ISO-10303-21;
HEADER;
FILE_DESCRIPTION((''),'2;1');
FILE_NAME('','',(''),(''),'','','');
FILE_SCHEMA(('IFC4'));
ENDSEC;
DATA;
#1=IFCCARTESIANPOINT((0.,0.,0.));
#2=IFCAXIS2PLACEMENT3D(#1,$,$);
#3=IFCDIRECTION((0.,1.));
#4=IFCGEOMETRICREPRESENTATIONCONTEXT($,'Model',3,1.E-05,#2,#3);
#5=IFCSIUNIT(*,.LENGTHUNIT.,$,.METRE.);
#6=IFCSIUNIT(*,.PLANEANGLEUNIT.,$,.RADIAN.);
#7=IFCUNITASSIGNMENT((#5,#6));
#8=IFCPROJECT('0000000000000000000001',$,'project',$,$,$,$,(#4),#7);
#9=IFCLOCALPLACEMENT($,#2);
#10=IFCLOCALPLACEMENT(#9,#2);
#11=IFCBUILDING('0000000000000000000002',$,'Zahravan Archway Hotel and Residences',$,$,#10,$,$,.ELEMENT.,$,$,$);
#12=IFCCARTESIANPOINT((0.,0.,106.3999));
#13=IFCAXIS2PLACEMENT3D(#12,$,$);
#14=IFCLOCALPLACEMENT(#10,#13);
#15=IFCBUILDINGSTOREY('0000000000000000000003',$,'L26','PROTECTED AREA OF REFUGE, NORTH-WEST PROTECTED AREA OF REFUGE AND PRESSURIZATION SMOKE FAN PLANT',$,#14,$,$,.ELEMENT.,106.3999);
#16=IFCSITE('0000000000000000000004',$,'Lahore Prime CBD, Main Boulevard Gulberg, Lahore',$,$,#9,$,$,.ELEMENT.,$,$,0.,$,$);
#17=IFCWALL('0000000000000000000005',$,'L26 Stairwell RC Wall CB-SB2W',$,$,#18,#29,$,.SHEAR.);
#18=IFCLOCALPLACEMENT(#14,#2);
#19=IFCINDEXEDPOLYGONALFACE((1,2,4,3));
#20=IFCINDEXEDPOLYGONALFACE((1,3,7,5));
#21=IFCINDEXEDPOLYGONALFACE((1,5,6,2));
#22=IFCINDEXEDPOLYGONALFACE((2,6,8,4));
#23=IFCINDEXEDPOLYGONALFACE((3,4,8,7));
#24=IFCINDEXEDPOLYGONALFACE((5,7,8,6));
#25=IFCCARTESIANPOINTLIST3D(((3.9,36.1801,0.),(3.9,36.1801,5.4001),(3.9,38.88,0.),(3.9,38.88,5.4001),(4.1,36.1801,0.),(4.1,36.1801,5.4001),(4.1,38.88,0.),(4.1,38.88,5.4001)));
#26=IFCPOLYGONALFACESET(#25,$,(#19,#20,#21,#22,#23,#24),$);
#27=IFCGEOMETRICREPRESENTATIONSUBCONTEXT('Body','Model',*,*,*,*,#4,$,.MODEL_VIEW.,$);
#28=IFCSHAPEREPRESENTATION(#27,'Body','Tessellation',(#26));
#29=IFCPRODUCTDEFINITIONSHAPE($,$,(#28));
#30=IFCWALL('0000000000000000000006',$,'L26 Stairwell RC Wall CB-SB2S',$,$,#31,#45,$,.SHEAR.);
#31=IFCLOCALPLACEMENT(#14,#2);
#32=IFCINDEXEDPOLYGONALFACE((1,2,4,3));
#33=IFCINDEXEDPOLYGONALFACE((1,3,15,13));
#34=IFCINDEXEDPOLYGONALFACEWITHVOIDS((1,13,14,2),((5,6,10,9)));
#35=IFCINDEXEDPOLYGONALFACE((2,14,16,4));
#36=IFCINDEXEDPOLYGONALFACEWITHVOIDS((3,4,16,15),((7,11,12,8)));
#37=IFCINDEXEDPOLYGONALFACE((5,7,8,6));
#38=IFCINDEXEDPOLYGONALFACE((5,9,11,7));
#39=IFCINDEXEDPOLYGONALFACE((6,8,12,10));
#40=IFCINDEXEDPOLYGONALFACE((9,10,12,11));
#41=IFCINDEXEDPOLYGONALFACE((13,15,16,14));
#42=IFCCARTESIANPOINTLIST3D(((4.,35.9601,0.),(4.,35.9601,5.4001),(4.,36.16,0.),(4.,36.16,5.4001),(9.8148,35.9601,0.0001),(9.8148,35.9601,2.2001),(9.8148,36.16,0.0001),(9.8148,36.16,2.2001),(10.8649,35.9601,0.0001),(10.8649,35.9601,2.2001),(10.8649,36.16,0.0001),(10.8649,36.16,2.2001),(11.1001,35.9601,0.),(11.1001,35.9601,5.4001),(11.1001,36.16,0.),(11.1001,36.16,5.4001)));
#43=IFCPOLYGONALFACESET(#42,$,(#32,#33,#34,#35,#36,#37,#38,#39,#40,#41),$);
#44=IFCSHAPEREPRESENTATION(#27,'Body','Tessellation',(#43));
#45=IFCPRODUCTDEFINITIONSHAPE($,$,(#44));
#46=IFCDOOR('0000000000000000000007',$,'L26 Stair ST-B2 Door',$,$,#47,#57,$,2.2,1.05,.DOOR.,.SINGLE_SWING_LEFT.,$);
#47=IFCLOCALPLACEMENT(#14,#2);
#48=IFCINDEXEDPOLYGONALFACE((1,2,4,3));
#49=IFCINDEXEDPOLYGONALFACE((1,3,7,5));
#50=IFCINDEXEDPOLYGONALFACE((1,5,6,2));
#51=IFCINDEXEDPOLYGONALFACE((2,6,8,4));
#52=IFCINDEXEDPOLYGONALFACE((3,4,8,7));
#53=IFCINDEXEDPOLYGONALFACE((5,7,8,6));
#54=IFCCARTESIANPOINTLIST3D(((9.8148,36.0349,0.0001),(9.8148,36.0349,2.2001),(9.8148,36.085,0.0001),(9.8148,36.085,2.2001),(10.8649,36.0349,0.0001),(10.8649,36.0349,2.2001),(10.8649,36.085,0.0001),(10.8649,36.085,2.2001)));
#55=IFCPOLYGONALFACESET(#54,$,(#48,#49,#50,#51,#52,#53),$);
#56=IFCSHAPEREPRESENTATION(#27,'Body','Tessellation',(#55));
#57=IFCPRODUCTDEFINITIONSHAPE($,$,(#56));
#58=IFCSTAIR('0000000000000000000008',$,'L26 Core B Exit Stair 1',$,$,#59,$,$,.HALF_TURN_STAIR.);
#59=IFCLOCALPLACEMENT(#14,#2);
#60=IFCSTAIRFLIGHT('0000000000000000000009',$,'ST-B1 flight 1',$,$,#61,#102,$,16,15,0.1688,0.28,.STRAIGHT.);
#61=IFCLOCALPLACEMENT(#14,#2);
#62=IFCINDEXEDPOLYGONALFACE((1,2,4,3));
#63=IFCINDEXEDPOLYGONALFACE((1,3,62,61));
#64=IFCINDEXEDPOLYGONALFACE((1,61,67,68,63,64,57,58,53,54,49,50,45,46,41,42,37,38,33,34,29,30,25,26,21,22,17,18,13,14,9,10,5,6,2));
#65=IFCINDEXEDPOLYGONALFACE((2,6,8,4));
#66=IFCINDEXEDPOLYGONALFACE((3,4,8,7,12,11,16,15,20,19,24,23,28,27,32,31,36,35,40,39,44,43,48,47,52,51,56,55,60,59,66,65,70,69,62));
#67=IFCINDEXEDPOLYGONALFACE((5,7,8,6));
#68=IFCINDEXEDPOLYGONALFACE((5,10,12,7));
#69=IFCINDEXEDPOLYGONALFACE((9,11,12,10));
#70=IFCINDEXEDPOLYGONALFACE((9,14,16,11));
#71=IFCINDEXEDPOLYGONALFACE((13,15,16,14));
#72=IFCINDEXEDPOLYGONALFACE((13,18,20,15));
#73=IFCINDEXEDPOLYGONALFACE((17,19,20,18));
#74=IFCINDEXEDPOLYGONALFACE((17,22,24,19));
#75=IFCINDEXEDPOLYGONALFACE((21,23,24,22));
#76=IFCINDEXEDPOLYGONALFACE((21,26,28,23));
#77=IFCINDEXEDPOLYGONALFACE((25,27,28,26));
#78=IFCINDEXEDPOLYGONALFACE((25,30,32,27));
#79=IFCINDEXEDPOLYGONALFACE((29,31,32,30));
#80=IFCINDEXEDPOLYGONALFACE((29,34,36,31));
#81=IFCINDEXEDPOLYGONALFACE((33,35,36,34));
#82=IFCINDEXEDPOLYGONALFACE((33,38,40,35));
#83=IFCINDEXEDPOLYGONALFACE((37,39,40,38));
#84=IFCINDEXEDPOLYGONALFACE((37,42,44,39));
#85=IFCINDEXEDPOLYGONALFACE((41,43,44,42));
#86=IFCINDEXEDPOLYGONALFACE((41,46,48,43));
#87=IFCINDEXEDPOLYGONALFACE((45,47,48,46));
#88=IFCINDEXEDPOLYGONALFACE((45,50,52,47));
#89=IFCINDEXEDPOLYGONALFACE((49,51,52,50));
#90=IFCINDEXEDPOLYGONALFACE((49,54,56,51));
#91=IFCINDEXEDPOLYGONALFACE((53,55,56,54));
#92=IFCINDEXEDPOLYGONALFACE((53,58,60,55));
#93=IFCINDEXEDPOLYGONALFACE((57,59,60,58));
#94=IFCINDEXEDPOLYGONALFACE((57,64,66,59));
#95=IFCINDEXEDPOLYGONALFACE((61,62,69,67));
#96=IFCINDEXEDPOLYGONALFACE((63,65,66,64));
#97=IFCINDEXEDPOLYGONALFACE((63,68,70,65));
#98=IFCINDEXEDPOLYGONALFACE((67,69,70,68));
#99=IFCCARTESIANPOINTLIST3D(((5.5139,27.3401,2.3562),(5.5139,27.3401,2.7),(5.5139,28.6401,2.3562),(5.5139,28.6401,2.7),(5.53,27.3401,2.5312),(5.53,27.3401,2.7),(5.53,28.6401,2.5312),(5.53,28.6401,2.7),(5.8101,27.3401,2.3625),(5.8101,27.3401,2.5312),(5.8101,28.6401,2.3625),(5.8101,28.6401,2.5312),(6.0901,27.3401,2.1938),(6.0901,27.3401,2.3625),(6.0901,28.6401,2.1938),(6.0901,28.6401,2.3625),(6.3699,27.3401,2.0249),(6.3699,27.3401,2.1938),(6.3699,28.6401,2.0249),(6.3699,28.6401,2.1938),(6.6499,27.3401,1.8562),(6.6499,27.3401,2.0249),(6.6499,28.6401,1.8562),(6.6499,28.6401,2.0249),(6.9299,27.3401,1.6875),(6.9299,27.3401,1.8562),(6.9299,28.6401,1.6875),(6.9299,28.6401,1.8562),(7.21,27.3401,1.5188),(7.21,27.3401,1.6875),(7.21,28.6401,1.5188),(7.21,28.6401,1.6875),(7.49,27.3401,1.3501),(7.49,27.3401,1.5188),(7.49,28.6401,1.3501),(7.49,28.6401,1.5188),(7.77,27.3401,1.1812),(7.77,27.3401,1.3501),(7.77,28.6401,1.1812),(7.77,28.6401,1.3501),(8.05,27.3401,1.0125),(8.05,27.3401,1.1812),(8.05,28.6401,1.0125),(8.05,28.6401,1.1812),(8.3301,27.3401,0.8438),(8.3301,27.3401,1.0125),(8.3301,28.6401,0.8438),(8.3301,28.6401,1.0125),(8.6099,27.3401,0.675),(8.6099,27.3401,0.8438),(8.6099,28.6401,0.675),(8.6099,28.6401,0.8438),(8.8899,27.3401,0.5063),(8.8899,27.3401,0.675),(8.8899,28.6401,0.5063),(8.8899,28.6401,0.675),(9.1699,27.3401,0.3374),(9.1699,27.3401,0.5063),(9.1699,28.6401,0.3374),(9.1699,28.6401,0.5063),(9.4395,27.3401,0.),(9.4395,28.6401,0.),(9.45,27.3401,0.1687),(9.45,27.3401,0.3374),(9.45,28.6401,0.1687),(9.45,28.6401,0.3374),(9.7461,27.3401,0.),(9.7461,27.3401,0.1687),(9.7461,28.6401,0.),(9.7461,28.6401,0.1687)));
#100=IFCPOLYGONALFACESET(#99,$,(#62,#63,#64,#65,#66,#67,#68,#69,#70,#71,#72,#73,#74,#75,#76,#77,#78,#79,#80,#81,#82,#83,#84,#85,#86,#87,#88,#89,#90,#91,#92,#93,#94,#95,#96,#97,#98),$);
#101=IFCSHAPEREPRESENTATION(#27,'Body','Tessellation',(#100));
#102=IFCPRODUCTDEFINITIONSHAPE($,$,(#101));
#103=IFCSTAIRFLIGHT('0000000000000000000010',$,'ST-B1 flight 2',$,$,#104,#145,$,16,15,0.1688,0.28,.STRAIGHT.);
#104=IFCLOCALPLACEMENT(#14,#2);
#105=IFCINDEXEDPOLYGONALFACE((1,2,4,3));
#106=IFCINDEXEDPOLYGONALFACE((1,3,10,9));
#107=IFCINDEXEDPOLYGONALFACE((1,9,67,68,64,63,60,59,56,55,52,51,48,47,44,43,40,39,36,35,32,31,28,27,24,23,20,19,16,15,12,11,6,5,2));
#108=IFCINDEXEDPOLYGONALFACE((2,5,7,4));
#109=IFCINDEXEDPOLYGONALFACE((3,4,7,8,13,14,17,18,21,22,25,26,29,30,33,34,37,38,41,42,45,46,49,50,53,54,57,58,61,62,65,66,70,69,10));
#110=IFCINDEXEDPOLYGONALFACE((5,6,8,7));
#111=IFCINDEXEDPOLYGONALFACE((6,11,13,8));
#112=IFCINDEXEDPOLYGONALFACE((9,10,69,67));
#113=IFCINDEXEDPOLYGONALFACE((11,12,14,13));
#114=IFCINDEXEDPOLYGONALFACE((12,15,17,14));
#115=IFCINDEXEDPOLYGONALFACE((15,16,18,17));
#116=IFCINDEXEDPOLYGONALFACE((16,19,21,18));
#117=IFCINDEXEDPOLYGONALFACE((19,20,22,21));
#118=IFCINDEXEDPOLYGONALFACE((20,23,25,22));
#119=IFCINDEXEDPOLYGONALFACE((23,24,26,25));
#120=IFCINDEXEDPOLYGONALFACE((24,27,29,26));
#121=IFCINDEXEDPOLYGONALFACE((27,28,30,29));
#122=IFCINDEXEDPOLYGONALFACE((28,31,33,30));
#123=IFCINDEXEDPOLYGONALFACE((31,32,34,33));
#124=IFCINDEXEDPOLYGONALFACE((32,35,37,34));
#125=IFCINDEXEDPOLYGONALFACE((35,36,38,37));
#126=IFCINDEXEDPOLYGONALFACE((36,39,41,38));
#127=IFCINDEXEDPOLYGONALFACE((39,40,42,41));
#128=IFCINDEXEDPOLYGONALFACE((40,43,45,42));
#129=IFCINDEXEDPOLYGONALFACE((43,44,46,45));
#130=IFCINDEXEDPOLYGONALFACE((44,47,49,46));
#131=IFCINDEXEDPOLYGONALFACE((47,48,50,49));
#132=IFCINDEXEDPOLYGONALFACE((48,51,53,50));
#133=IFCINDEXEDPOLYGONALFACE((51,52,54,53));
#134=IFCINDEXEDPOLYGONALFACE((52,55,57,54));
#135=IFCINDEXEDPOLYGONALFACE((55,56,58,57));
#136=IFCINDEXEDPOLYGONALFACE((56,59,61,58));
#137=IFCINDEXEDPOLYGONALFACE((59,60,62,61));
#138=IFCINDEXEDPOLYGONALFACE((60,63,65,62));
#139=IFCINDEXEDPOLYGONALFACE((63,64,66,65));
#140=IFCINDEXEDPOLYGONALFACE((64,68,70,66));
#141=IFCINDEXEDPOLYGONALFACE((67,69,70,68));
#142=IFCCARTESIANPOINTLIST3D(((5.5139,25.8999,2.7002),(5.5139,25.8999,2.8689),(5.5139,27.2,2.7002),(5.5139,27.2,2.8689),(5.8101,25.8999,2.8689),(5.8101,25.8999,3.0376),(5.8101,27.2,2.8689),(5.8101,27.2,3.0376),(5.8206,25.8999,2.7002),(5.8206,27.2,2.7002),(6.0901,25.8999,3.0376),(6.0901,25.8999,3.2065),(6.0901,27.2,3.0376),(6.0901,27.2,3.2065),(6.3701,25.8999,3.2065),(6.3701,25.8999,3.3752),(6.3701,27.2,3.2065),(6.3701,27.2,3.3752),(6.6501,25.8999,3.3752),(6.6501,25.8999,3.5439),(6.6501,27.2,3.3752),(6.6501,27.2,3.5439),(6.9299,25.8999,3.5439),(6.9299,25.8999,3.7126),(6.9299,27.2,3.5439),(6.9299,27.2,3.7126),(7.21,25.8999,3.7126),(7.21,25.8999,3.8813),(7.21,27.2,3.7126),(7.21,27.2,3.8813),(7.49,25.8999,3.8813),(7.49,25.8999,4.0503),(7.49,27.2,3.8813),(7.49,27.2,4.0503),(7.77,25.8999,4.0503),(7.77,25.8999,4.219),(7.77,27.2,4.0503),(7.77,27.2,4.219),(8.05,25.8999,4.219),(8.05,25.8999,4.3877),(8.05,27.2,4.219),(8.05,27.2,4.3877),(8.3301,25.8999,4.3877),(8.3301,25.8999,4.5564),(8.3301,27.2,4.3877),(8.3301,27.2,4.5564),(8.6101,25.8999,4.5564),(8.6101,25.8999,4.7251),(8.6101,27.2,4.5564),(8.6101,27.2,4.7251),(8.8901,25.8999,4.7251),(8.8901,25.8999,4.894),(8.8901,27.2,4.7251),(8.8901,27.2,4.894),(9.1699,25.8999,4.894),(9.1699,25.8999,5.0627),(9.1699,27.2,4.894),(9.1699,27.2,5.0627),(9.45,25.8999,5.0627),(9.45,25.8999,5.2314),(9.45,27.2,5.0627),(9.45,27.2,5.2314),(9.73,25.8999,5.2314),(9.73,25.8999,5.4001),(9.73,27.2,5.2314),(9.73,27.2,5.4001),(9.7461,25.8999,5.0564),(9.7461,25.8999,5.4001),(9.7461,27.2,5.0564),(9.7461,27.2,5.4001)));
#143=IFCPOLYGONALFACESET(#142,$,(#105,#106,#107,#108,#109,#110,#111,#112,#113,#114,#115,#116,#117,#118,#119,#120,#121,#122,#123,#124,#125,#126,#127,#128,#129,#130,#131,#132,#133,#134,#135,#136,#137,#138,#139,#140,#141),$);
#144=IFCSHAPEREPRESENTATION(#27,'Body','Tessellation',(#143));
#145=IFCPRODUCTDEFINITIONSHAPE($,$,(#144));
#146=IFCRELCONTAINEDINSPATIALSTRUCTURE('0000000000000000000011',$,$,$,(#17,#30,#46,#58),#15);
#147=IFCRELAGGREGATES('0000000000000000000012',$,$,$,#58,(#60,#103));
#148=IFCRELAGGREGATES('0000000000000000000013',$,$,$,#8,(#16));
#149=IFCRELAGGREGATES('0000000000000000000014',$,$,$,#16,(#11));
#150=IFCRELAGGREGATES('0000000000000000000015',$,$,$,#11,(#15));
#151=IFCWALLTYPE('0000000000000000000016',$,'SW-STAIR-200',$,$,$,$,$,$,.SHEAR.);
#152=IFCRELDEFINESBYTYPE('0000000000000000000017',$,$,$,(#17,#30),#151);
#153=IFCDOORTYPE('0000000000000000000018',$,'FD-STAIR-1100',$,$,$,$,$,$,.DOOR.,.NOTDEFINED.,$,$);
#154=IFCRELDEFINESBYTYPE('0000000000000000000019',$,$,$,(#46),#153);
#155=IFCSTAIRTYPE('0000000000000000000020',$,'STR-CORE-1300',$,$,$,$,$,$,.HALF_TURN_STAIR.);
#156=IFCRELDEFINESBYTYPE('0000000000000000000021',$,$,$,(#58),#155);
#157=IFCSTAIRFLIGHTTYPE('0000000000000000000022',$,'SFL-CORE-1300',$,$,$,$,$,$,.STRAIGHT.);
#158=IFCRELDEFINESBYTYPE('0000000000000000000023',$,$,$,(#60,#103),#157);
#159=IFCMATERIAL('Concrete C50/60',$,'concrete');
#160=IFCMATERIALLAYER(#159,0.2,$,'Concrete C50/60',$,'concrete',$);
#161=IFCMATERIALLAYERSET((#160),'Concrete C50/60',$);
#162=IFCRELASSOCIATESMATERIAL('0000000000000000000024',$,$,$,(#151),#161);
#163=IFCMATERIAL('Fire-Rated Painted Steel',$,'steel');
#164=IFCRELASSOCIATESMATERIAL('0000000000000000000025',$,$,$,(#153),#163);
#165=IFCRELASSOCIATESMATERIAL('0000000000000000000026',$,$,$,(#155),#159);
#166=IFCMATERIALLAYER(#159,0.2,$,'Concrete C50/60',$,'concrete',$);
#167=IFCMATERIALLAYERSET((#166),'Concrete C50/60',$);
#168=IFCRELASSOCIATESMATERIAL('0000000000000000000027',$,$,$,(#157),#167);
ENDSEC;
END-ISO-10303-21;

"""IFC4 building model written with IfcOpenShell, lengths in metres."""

from ifc_helpers import new_model, si_unit, direction, frame, frame_2d, origin, place, context, subcontext, project, spatial, polyline, rectangle, outline, extrude, source, transform, mapped, material, layer, layer_set, type_object, type_shapes, element, fill, aggregate, save


model = new_model("IFC4")

# Units and contexts
model_context = context("Model", 3, precision=1e-05, world=origin(), true_north=direction((0.0, 1.0)))
body_context = subcontext(model_context, "Body", "Model", "MODEL_VIEW")
ifc_project = project(units=[si_unit("LENGTHUNIT", "METRE"), si_unit("PLANEANGLEUNIT", "RADIAN")], contexts=[model_context])

# Site, building, storey
site_placement = place(None, origin())
site = spatial("IfcSite", under=ifc_project, at=site_placement, Name="Lahore Prime CBD, Main Boulevard Gulberg, Lahore", CompositionType="ELEMENT", RefElevation=0.0)
building_placement = place(site_placement, origin())
building = spatial("IfcBuilding", under=site, at=building_placement, Name="Zahravan Archway Hotel and Residences", CompositionType="ELEMENT")
storey_placement = place(building_placement, frame((0.0, 0.0, 106.3999)))
storey = spatial("IfcBuildingStorey", under=building, at=storey_placement, Name="L26", Description="PROTECTED AREA OF REFUGE, NORTH-WEST PROTECTED AREA OF REFUGE AND PRESSURIZATION SMOKE FAN PLANT", CompositionType="ELEMENT", Elevation=106.3999)

# Shared definitions
ifc_material_1 = material(Name="Fire-Rated Painted Steel", Category="steel")

# Shared definitions
ifc_material_2 = material(Name="Concrete C50/60", Category="concrete")
ifc_layer_1 = layer(ifc_material_2, 0.2, Name="Concrete C50/60", Category="concrete")
ifc_layer_set_1 = layer_set([ifc_layer_1], Name="Concrete C50/60")
wall_type_1 = type_object("IfcWallType", Name="SW-STAIR-200", PredefinedType="SHEAR", material=ifc_layer_set_1)
door_type_1 = type_object("IfcDoorType", Name="FD-STAIR-1100", OperationType="NOTDEFINED", PredefinedType="DOOR", material=ifc_material_1)
shared_shape_1 = source(origin(), body_context, "Body", "SweptSolid", [
    extrude(rectangle(XDim=1.05, YDim=2.2, at=frame_2d((0.5249, 1.1001))), frame((0.0, 0.0249, 0.0), z_axis=(0.0, -1.0, 0.0), x_axis=(1.0, 0.0, 0.0)), (0.0, 0.0, 1.0), 0.05),
])
type_shapes(door_type_1, [shared_shape_1])

# Wall
wall_1_placement = place(storey_placement, frame((4.0, 36.1799, 0.0), z_axis=(0.0, 0.0, 1.0), x_axis=(0.0, 1.0, 0.0)))
element("IfcWall", 1, at=wall_1_placement, inside=storey, type_object=wall_type_1, Name="L26 Stairwell RC Wall CB-SB2W", PredefinedType="SHEAR", context=body_context, shape_type="SweptSolid", body=[
    extrude(rectangle(XDim=2.7, YDim=0.2, at=frame_2d((1.3501, 0.0))), origin(), (0.0, 0.0, 1.0), 5.4001),
])

# Wall, opening, door
wall_2_placement = place(storey_placement, frame((4.0, 36.0601, 0.0), z_axis=(0.0, 0.0, 1.0), x_axis=(1.0, 0.0, 0.0)))
wall_2 = element("IfcWall", 2, at=wall_2_placement, inside=storey, type_object=wall_type_1, Name="L26 Stairwell RC Wall CB-SB2S", PredefinedType="SHEAR", context=body_context, shape_type="SweptSolid", body=[
    extrude(rectangle(XDim=7.1001, YDim=0.2, at=frame_2d((3.55, 0.0))), origin(), (0.0, 0.0, 1.0), 5.4001),
])
opening_1_placement = place(wall_2_placement, frame((5.8149, 0.0, 0.0)))
opening_1 = element("IfcOpeningElement", 3, at=opening_1_placement, cuts=wall_2, PredefinedType="OPENING", context=body_context, shape_type="SweptSolid", body=[
    extrude(rectangle(XDim=1.05, YDim=2.2, at=frame_2d((0.5249, 1.1001))), frame((0.0, 0.1099, 0.0), z_axis=(0.0, -1.0, 0.0), x_axis=(1.0, 0.0, 0.0)), (0.0, 0.0, 1.0), 0.22),
])
door_1_placement = place(opening_1_placement, origin())
door_1 = element("IfcDoor", 4, at=door_1_placement, inside=storey, type_object=door_type_1, Name="L26 Stair ST-B2 Door", OperationType="SINGLE_SWING_LEFT", OverallHeight=2.2, OverallWidth=1.05, PredefinedType="DOOR", context=body_context, shape_type="MappedRepresentation", body=[
    mapped(shared_shape_1, transform((0.0, 0.0, 0.0), scale=1.0)),
])
fill(opening_1, door_1)

# Stair, stair flights
stair_type = type_object("IfcStairType", Name="STR-CORE-1300", PredefinedType="HALF_TURN_STAIR", material=ifc_material_2)
stair_placement = place(storey_placement, origin())
stair = element("IfcStair", 5, at=stair_placement, inside=storey, type_object=stair_type, Name="L26 Core B Exit Stair 1", PredefinedType="HALF_TURN_STAIR")
ifc_layer_2 = layer(ifc_material_2, 0.2, Name="Concrete C50/60", Category="concrete")
ifc_layer_set_2 = layer_set([ifc_layer_2], Name="Concrete C50/60")
stair_flight_type = type_object("IfcStairFlightType", Name="SFL-CORE-1300", PredefinedType="STRAIGHT", material=ifc_layer_set_2)
shared_shape_2 = source(origin(), body_context, "Body", "SweptSolid", [
    extrude(outline(polyline([(-0.0161, 0.0), (-0.0161, 0.1687), (0.28, 0.1687), (0.28, 0.3374), (0.5601, 0.3374), (0.5601, 0.5063), (0.8401, 0.5063), (0.8401, 0.675), (1.1201, 0.675), (1.1201, 0.8438), (1.3999, 0.8438), (1.3999, 1.0125), (1.6799, 1.0125), (1.6799, 1.1812), (1.96, 1.1812), (1.96, 1.3501), (2.24, 1.3501), (2.24, 1.5188), (2.52, 1.5188), (2.52, 1.6875), (2.8, 1.6875), (2.8, 1.8562), (3.0801, 1.8562), (3.0801, 2.0249), (3.3601, 2.0249), (3.3601, 2.1938), (3.6399, 2.1938), (3.6399, 2.3625), (3.9199, 2.3625), (3.9199, 2.5312), (4.2, 2.5312), (4.2, 2.7), (4.2161, 2.7), (4.2161, 2.3562), (0.2905, 0.0), (-0.0161, 0.0)])), frame((0.0, 0.6499, 0.0), z_axis=(0.0, -1.0, 0.0), x_axis=(1.0, 0.0, 0.0)), (0.0, 0.0, 1.0), 1.3),
])
stair_flight_1_placement = place(storey_placement, frame((9.73, 27.99, 0.0), z_axis=(0.0, 0.0, 1.0), x_axis=(-1.0, 0.0, 0.0)))
stair_flight_1 = element("IfcStairFlight", 6, at=stair_flight_1_placement, type_object=stair_flight_type, Name="ST-B1 flight 1", NumberOfRisers=16, NumberOfTreads=15, PredefinedType="STRAIGHT", RiserHeight=0.1688, TreadLength=0.28, context=body_context, shape_type="MappedRepresentation", body=[
    mapped(shared_shape_2, transform((0.0, 0.0, 0.0), scale=1.0)),
])
stair_flight_2_placement = place(storey_placement, frame((5.53, 26.55, 2.7002), z_axis=(0.0, 0.0, 1.0), x_axis=(1.0, 0.0, 0.0)))
stair_flight_2 = element("IfcStairFlight", 7, at=stair_flight_2_placement, type_object=stair_flight_type, Name="ST-B1 flight 2", NumberOfRisers=16, NumberOfTreads=15, PredefinedType="STRAIGHT", RiserHeight=0.1688, TreadLength=0.28, context=body_context, shape_type="MappedRepresentation", body=[
    mapped(shared_shape_2, transform((0.0, 0.0, 0.0), scale=1.0)),
])
aggregate(stair, [stair_flight_1, stair_flight_2])

save(model, "model.ifc")
